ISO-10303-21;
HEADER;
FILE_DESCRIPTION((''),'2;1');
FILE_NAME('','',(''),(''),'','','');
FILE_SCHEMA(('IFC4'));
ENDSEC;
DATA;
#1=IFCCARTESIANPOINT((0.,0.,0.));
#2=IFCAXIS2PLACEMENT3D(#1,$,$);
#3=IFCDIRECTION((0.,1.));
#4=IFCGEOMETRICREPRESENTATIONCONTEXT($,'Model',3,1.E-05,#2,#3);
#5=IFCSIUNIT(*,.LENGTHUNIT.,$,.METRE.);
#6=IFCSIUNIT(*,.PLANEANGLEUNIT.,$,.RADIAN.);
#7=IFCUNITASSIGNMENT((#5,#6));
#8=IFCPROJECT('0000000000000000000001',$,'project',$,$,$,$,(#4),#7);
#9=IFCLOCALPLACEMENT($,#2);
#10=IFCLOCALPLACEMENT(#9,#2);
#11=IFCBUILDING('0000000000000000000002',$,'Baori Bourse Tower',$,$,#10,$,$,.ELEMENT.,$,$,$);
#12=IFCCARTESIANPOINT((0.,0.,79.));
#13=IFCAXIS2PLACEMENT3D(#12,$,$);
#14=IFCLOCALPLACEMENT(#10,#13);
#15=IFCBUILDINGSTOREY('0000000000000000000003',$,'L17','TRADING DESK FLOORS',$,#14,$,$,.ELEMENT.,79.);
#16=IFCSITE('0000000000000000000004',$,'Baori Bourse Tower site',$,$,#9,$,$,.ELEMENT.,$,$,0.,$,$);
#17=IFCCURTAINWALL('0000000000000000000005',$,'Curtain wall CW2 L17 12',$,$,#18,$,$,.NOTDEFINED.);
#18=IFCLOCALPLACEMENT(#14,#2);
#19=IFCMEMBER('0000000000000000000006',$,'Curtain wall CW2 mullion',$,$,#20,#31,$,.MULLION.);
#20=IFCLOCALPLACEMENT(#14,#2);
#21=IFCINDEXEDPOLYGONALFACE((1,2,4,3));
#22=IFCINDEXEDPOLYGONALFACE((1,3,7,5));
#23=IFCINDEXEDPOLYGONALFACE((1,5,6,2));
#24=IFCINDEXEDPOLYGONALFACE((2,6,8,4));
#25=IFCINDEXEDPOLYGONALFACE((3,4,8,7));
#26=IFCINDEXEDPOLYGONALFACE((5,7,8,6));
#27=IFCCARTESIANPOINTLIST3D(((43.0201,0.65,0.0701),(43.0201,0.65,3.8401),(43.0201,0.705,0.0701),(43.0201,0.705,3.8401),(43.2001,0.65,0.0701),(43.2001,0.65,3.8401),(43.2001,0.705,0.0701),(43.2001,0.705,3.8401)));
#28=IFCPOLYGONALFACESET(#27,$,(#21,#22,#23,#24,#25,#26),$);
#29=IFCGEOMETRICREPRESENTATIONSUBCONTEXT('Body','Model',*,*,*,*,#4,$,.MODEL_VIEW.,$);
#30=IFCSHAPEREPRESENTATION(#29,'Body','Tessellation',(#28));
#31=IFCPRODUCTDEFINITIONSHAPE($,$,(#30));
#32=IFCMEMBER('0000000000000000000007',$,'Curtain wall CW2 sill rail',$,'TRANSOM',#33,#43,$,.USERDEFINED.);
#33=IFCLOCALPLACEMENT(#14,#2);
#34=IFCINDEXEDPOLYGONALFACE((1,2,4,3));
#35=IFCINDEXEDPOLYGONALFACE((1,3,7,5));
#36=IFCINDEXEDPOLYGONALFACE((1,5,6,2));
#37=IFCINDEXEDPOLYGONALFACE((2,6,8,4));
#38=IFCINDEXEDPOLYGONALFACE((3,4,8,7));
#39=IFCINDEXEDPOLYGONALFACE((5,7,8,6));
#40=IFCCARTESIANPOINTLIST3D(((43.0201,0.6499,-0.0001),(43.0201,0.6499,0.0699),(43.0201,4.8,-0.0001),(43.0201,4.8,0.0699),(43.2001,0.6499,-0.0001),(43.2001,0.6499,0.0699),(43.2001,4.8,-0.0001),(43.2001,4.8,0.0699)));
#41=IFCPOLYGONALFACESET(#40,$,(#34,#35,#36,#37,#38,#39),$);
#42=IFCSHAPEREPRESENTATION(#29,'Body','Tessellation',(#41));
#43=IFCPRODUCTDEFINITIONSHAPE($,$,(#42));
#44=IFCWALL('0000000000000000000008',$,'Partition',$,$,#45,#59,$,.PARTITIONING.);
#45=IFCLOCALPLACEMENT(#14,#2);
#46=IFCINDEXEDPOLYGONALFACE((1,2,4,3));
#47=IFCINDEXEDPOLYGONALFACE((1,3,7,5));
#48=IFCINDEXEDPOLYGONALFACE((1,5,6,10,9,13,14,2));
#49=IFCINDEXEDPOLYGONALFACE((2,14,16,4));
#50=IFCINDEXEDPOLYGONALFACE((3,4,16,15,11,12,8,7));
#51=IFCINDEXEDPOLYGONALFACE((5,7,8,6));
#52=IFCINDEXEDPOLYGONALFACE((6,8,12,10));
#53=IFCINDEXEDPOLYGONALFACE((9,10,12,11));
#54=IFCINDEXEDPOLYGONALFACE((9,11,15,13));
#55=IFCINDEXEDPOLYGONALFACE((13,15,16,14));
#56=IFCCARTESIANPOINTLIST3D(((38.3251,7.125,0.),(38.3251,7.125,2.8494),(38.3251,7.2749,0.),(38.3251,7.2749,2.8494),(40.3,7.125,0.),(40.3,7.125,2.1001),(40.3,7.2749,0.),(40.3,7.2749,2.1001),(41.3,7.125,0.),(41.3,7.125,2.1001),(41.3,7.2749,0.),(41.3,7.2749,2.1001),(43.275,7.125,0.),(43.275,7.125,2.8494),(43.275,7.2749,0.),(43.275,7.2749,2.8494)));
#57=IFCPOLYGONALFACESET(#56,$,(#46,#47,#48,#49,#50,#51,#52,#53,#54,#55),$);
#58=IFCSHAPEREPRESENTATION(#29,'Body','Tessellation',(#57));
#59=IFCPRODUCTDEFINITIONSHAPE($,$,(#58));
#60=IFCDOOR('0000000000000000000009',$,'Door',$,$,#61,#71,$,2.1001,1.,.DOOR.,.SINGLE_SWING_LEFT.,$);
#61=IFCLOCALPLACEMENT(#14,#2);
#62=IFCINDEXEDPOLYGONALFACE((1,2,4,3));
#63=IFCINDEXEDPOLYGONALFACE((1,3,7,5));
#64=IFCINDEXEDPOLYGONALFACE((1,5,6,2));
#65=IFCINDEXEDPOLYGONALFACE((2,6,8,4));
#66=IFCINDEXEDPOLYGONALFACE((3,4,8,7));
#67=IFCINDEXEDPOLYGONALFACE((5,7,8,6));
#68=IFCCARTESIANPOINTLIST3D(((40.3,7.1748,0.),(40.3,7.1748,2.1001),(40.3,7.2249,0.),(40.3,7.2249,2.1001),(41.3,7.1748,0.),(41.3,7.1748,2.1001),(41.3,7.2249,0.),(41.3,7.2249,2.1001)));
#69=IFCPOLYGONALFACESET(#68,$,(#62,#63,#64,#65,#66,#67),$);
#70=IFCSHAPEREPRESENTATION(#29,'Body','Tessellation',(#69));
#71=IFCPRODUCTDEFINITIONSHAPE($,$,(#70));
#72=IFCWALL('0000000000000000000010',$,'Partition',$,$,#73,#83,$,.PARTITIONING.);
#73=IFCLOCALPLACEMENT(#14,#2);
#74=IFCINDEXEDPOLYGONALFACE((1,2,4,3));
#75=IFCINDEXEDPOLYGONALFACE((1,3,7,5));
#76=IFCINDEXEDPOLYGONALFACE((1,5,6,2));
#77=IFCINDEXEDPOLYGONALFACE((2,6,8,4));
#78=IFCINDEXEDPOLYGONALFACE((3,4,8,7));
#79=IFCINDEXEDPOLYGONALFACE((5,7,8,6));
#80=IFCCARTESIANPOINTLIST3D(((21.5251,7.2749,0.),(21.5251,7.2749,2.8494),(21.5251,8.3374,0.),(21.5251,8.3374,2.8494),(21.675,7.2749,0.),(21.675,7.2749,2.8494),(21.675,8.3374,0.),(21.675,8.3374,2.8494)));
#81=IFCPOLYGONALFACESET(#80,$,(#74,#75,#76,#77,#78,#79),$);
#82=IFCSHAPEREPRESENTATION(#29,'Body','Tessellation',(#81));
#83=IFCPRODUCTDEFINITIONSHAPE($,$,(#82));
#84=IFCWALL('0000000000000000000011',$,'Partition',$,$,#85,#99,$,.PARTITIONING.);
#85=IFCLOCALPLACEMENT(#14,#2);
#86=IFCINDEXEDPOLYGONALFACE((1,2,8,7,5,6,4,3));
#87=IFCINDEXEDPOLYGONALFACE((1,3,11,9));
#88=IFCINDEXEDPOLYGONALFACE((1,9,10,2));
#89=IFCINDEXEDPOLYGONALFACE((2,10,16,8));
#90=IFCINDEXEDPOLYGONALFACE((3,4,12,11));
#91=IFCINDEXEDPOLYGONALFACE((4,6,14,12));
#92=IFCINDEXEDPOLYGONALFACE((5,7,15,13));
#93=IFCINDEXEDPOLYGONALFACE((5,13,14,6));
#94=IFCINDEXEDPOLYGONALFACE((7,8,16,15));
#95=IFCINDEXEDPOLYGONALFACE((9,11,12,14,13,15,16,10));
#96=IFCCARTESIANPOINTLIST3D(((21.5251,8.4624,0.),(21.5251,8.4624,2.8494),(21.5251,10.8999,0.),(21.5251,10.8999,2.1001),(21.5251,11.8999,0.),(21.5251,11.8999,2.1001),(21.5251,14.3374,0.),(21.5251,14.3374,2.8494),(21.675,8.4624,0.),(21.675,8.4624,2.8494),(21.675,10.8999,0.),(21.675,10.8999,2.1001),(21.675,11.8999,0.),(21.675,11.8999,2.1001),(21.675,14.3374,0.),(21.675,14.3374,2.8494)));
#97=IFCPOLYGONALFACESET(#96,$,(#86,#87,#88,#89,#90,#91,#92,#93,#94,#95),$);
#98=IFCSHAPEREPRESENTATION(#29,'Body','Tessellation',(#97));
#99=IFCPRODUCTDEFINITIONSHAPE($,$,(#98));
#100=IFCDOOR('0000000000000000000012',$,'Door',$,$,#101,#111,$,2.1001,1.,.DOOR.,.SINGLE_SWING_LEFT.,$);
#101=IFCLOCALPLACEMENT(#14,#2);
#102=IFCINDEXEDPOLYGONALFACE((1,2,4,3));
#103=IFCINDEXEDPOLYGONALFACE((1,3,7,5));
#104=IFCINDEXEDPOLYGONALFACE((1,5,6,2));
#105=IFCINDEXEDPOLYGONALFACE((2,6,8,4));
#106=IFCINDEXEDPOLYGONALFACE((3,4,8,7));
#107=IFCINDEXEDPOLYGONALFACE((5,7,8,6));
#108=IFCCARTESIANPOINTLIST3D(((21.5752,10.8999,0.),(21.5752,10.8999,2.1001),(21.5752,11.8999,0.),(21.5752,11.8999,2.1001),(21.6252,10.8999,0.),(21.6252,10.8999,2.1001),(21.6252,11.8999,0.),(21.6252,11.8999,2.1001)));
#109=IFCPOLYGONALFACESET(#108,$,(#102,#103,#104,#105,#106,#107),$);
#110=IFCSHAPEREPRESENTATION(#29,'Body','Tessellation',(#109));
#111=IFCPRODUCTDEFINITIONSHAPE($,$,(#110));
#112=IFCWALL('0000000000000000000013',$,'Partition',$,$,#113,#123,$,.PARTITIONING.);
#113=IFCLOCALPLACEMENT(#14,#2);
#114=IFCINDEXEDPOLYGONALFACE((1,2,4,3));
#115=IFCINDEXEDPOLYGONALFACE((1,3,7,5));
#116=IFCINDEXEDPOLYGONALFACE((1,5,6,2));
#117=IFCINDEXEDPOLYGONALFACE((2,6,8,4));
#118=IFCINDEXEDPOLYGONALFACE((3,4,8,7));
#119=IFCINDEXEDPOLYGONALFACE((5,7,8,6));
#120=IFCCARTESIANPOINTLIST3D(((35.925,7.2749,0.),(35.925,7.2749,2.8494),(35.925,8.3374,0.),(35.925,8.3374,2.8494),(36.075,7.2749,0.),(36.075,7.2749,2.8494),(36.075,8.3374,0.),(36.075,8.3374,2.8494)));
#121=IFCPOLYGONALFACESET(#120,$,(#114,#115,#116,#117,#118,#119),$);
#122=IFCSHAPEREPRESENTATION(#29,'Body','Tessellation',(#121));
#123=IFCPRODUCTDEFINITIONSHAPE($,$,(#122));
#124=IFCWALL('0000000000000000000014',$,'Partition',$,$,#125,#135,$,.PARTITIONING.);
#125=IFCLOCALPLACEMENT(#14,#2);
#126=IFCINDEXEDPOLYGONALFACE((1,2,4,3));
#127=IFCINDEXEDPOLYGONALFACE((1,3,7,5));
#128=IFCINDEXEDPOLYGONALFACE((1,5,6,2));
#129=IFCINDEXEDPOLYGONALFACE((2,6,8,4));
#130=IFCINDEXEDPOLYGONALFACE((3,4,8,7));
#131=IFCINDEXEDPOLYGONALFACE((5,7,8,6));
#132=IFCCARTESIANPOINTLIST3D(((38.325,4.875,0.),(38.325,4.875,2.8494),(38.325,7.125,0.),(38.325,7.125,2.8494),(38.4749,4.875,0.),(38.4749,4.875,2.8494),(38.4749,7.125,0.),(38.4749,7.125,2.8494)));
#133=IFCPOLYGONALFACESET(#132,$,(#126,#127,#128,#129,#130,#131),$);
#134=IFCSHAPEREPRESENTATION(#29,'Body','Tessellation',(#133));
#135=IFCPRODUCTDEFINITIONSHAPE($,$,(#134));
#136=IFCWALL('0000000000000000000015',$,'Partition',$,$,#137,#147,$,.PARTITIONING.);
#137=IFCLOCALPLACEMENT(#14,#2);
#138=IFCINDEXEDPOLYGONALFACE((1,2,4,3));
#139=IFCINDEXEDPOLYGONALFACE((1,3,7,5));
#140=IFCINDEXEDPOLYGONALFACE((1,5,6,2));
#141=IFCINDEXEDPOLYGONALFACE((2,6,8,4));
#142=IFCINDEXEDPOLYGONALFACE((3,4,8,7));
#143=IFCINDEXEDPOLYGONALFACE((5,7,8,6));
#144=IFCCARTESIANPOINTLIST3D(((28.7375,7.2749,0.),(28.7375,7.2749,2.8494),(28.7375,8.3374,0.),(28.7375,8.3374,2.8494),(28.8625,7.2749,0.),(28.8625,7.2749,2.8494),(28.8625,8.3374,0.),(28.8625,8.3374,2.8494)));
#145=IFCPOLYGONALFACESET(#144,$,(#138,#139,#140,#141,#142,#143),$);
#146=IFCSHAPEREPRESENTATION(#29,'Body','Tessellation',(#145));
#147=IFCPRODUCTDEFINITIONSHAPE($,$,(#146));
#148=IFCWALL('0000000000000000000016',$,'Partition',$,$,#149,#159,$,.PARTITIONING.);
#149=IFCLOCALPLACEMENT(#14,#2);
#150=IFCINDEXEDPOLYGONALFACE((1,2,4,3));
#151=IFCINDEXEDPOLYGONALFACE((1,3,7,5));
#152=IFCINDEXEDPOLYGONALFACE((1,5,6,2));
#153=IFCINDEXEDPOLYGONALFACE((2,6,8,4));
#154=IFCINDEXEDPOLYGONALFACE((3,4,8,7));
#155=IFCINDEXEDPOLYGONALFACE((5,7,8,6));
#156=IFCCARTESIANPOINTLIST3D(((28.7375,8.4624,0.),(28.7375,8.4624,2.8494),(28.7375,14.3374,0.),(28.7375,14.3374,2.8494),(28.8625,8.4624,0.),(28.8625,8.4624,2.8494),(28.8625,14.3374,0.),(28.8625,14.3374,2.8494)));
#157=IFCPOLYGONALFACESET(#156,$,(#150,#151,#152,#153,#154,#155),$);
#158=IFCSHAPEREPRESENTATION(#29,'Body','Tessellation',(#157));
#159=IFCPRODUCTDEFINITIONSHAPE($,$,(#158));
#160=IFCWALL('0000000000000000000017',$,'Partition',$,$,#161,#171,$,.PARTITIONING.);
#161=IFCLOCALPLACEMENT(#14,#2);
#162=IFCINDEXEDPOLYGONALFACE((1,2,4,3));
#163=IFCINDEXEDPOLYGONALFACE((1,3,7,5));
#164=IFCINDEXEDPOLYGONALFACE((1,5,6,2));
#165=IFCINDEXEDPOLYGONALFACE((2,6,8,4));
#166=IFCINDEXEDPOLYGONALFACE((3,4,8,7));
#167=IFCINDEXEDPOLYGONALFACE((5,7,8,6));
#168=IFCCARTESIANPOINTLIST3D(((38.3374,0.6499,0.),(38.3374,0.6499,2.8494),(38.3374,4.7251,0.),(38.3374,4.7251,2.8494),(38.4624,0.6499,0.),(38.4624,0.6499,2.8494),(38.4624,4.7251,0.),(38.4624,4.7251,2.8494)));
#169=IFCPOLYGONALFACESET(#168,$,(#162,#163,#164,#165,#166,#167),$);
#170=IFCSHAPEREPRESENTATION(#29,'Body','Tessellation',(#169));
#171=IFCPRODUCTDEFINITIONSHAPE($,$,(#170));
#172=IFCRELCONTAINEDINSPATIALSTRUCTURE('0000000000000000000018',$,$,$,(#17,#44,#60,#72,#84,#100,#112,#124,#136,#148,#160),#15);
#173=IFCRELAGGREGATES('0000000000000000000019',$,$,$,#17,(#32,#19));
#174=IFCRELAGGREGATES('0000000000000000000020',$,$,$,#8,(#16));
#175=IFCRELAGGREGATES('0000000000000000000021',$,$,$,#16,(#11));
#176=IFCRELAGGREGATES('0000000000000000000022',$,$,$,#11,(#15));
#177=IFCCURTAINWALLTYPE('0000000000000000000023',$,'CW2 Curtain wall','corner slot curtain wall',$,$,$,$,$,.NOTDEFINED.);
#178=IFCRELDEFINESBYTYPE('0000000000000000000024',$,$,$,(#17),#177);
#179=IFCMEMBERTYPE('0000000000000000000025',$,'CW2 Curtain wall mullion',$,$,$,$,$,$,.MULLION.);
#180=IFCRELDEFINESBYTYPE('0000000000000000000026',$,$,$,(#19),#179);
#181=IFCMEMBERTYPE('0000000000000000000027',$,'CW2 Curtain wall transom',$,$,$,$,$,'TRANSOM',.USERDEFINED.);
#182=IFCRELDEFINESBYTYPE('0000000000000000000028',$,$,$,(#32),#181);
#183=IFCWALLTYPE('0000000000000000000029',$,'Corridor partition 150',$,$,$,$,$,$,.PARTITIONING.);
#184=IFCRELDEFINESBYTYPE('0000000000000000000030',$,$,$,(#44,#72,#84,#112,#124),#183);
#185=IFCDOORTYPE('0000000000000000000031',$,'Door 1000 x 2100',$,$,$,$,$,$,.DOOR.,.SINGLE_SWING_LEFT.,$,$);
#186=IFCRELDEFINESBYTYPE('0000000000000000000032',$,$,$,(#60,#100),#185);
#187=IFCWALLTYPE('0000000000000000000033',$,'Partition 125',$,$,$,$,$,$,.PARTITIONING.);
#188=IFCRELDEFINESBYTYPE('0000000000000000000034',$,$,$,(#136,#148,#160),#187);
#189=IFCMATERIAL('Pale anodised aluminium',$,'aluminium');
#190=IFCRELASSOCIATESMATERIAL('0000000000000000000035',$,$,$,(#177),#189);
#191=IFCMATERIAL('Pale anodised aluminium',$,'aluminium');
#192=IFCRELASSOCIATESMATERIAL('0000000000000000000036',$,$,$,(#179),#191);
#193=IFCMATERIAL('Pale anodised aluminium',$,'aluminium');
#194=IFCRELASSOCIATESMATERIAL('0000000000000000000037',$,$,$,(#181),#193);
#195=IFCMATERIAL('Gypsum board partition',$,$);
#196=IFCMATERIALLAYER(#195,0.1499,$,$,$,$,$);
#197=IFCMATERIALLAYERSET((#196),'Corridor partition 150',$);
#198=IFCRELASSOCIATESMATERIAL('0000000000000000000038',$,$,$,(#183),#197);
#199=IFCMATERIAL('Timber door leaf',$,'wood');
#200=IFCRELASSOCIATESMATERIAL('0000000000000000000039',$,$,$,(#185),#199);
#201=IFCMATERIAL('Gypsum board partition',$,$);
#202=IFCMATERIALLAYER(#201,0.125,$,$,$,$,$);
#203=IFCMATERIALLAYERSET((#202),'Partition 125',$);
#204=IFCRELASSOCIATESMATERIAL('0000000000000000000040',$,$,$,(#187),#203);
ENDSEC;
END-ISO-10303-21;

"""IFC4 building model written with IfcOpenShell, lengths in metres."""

from ifc_helpers import new_model, si_unit, direction, frame, frame_2d, origin, origin_2d, place, context, subcontext, project, spatial, rectangle, extrude, material, layer, layer_set, material_profile, profile_set, type_object, element, fill, aggregate, save


model = new_model("IFC4")

# Units and contexts
model_context = context("Model", 3, precision=1e-05, world=origin(), true_north=direction((0.0, 1.0)))
body_context = subcontext(model_context, "Body", "Model", "MODEL_VIEW")
ifc_project = project(units=[si_unit("LENGTHUNIT", "METRE"), si_unit("PLANEANGLEUNIT", "RADIAN")], contexts=[model_context])

# Site, building, storey
site_placement = place(None, origin())
site = spatial("IfcSite", under=ifc_project, at=site_placement, Name="Baori Bourse Tower site", CompositionType="ELEMENT", RefElevation=0.0)
building_placement = place(site_placement, origin())
building = spatial("IfcBuilding", under=site, at=building_placement, Name="Baori Bourse Tower", CompositionType="ELEMENT")
storey_placement = place(building_placement, frame((0.0, 0.0, 79.0)))
storey = spatial("IfcBuildingStorey", under=building, at=storey_placement, Name="L17", Description="TRADING DESK FLOORS", CompositionType="ELEMENT", Elevation=79.0)

# Curtain wall, members
ifc_material_1 = material(Name="Pale anodised aluminium", Category="aluminium")
curtain_wall_type = type_object("IfcCurtainWallType", Name="CW2 Curtain wall", Description="corner slot curtain wall", PredefinedType="NOTDEFINED", material=ifc_material_1)
curtain_wall_placement = place(storey_placement, origin())
curtain_wall = element("IfcCurtainWall", 1, at=curtain_wall_placement, inside=storey, type_object=curtain_wall_type, Name="Curtain wall CW2 L17 12", PredefinedType="NOTDEFINED")
ifc_material_2 = material(Name="Pale anodised aluminium", Category="aluminium")
ifc_material_profile_1 = material_profile(ifc_material_2, rectangle(XDim=0.1799, YDim=0.0549, at=origin_2d()), Name="Mullion 55x180")
ifc_profile_set_1 = profile_set([ifc_material_profile_1], Name="Pale anodised aluminium")
member_type_1 = type_object("IfcMemberType", Name="CW2 Curtain wall mullion", PredefinedType="MULLION", material=ifc_profile_set_1)
member_1_placement = place(storey_placement, frame((43.1101, 0.6775, 0.0701), z_axis=(0.0, 0.0, 1.0), x_axis=(-1.0, 0.0, 0.0)))
member_1 = element("IfcMember", 2, at=member_1_placement, type_object=member_type_1, Name="Curtain wall CW2 mullion", PredefinedType="MULLION", context=body_context, shape_type="SweptSolid", body=[
    extrude(rectangle(XDim=0.1799, YDim=0.0549, at=origin_2d()), origin(), (0.0, 0.0, 1.0), 3.77),
])
ifc_material_3 = material(Name="Pale anodised aluminium", Category="aluminium")
ifc_material_profile_2 = material_profile(ifc_material_3, rectangle(XDim=0.1799, YDim=0.0701, at=origin_2d()), Name="Transom 70x180")
ifc_profile_set_2 = profile_set([ifc_material_profile_2], Name="Pale anodised aluminium")
member_type_2 = type_object("IfcMemberType", Name="CW2 Curtain wall transom", ElementType="TRANSOM", PredefinedType="USERDEFINED", material=ifc_profile_set_2)
member_2_placement = place(storey_placement, frame((43.1101, 0.6499, 0.0349), z_axis=(0.0, 1.0, 0.0), x_axis=(-1.0, 0.0, 0.0)))
member_2 = element("IfcMember", 3, at=member_2_placement, type_object=member_type_2, Name="Curtain wall CW2 sill rail", ObjectType="TRANSOM", PredefinedType="USERDEFINED", context=body_context, shape_type="SweptSolid", body=[
    extrude(rectangle(XDim=0.1799, YDim=0.0701, at=origin_2d()), origin(), (0.0, 0.0, 1.0), 4.1501),
])
aggregate(curtain_wall, [member_2, member_1])

# Wall, opening, door
ifc_material_4 = material(Name="Gypsum board partition")
ifc_layer_1 = layer(ifc_material_4, 0.1499)
ifc_layer_set_1 = layer_set([ifc_layer_1], Name="Corridor partition 150")
wall_type_1 = type_object("IfcWallType", Name="Corridor partition 150", PredefinedType="PARTITIONING", material=ifc_layer_set_1)
wall_1_placement = place(storey_placement, frame((38.325, 7.2, 0.0), z_axis=(0.0, 0.0, 1.0), x_axis=(1.0, 0.0, 0.0)))
wall_1 = element("IfcWall", 4, at=wall_1_placement, inside=storey, type_object=wall_type_1, Name="Partition", PredefinedType="PARTITIONING", context=body_context, shape_type="SweptSolid", body=[
    extrude(rectangle(XDim=4.95, YDim=0.1499, at=frame_2d((2.4751, 0.0))), origin(), (0.0, 0.0, 1.0), 2.8494),
])
opening_1_placement = place(wall_1_placement, frame((1.9751, 0.0, 0.0)))
opening_1 = element("IfcOpeningElement", 5, at=opening_1_placement, cuts=wall_1, PredefinedType="OPENING", context=body_context, shape_type="SweptSolid", body=[
    extrude(rectangle(XDim=1.0, YDim=2.1001, at=frame_2d((0.5, 1.05))), frame((0.0, 0.085, 0.0), z_axis=(0.0, -1.0, 0.0), x_axis=(1.0, 0.0, 0.0)), (0.0, 0.0, 1.0), 0.1699),
])
ifc_material_5 = material(Name="Timber door leaf", Category="wood")
door_type = type_object("IfcDoorType", Name="Door 1000 x 2100", OperationType="SINGLE_SWING_LEFT", PredefinedType="DOOR", material=ifc_material_5)
door_1_placement = place(opening_1_placement, origin())
door_1 = element("IfcDoor", 6, at=door_1_placement, inside=storey, type_object=door_type, Name="Door", OperationType="SINGLE_SWING_LEFT", OverallHeight=2.1001, OverallWidth=1.0, PredefinedType="DOOR", context=body_context, shape_type="SweptSolid", body=[
    extrude(rectangle(XDim=1.0, YDim=2.1001, at=frame_2d((0.5, 1.05))), frame((0.0, 0.0249, 0.0), z_axis=(0.0, -1.0, 0.0), x_axis=(1.0, 0.0, 0.0)), (0.0, 0.0, 1.0), 0.05),
])
fill(opening_1, door_1)

# Wall
wall_2_placement = place(storey_placement, frame((21.6001, 7.2749, 0.0), z_axis=(0.0, 0.0, 1.0), x_axis=(0.0, 1.0, 0.0)))
element("IfcWall", 7, at=wall_2_placement, inside=storey, type_object=wall_type_1, Name="Partition", PredefinedType="PARTITIONING", context=body_context, shape_type="SweptSolid", body=[
    extrude(rectangle(XDim=1.0625, YDim=0.1499, at=frame_2d((0.5312, 0.0))), origin(), (0.0, 0.0, 1.0), 2.8494),
])

# Wall, opening, door
wall_3_placement = place(storey_placement, frame((21.6001, 8.4624, 0.0), z_axis=(0.0, 0.0, 1.0), x_axis=(0.0, 1.0, 0.0)))
wall_3 = element("IfcWall", 8, at=wall_3_placement, inside=storey, type_object=wall_type_1, Name="Partition", PredefinedType="PARTITIONING", context=body_context, shape_type="SweptSolid", body=[
    extrude(rectangle(XDim=5.875, YDim=0.1499, at=frame_2d((2.9375, 0.0))), origin(), (0.0, 0.0, 1.0), 2.8494),
])
opening_2_placement = place(wall_3_placement, frame((2.4375, 0.0, 0.0)))
opening_2 = element("IfcOpeningElement", 9, at=opening_2_placement, cuts=wall_3, PredefinedType="OPENING", context=body_context, shape_type="SweptSolid", body=[
    extrude(rectangle(XDim=1.0, YDim=2.1001, at=frame_2d((0.5, 1.05))), frame((0.0, 0.085, 0.0), z_axis=(0.0, -1.0, 0.0), x_axis=(1.0, 0.0, 0.0)), (0.0, 0.0, 1.0), 0.1699),
])
door_2_placement = place(opening_2_placement, origin())
door_2 = element("IfcDoor", 10, at=door_2_placement, inside=storey, type_object=door_type, Name="Door", OperationType="SINGLE_SWING_LEFT", OverallHeight=2.1001, OverallWidth=1.0, PredefinedType="DOOR", context=body_context, shape_type="SweptSolid", body=[
    extrude(rectangle(XDim=1.0, YDim=2.1001, at=frame_2d((0.5, 1.05))), frame((0.0, 0.0249, 0.0), z_axis=(0.0, -1.0, 0.0), x_axis=(1.0, 0.0, 0.0)), (0.0, 0.0, 1.0), 0.05),
])
fill(opening_2, door_2)

# Walls
wall_4_placement = place(storey_placement, frame((36.0, 7.2749, 0.0), z_axis=(0.0, 0.0, 1.0), x_axis=(0.0, 1.0, 0.0)))
element("IfcWall", 11, at=wall_4_placement, inside=storey, type_object=wall_type_1, Name="Partition", PredefinedType="PARTITIONING", context=body_context, shape_type="SweptSolid", body=[
    extrude(rectangle(XDim=1.0625, YDim=0.1499, at=frame_2d((0.5312, 0.0))), origin(), (0.0, 0.0, 1.0), 2.8494),
])
wall_5_placement = place(storey_placement, frame((38.3999, 4.875, 0.0), z_axis=(0.0, 0.0, 1.0), x_axis=(0.0, 1.0, 0.0)))
element("IfcWall", 12, at=wall_5_placement, inside=storey, type_object=wall_type_1, Name="Partition", PredefinedType="PARTITIONING", context=body_context, shape_type="SweptSolid", body=[
    extrude(rectangle(XDim=2.25, YDim=0.1499, at=frame_2d((1.125, 0.0))), origin(), (0.0, 0.0, 1.0), 2.8494),
])
ifc_material_6 = material(Name="Gypsum board partition")
ifc_layer_2 = layer(ifc_material_6, 0.125)
ifc_layer_set_2 = layer_set([ifc_layer_2], Name="Partition 125")
wall_type_2 = type_object("IfcWallType", Name="Partition 125", PredefinedType="PARTITIONING", material=ifc_layer_set_2)
wall_6_placement = place(storey_placement, frame((28.8, 7.2749, 0.0), z_axis=(0.0, 0.0, 1.0), x_axis=(0.0, 1.0, 0.0)))
element("IfcWall", 13, at=wall_6_placement, inside=storey, type_object=wall_type_2, Name="Partition", PredefinedType="PARTITIONING", context=body_context, shape_type="SweptSolid", body=[
    extrude(rectangle(XDim=1.0625, YDim=0.125, at=frame_2d((0.5312, 0.0))), origin(), (0.0, 0.0, 1.0), 2.8494),
])
wall_7_placement = place(storey_placement, frame((28.8, 8.4624, 0.0), z_axis=(0.0, 0.0, 1.0), x_axis=(0.0, 1.0, 0.0)))
element("IfcWall", 14, at=wall_7_placement, inside=storey, type_object=wall_type_2, Name="Partition", PredefinedType="PARTITIONING", context=body_context, shape_type="SweptSolid", body=[
    extrude(rectangle(XDim=5.875, YDim=0.125, at=frame_2d((2.9375, 0.0))), origin(), (0.0, 0.0, 1.0), 2.8494),
])
wall_8_placement = place(storey_placement, frame((38.3999, 0.6499, 0.0), z_axis=(0.0, 0.0, 1.0), x_axis=(0.0, 1.0, 0.0)))
element("IfcWall", 15, at=wall_8_placement, inside=storey, type_object=wall_type_2, Name="Partition", PredefinedType="PARTITIONING", context=body_context, shape_type="SweptSolid", body=[
    extrude(rectangle(XDim=4.0752, YDim=0.125, at=frame_2d((2.0376, 0.0))), origin(), (0.0, 0.0, 1.0), 2.8494),
])

save(model, "model.ifc")
